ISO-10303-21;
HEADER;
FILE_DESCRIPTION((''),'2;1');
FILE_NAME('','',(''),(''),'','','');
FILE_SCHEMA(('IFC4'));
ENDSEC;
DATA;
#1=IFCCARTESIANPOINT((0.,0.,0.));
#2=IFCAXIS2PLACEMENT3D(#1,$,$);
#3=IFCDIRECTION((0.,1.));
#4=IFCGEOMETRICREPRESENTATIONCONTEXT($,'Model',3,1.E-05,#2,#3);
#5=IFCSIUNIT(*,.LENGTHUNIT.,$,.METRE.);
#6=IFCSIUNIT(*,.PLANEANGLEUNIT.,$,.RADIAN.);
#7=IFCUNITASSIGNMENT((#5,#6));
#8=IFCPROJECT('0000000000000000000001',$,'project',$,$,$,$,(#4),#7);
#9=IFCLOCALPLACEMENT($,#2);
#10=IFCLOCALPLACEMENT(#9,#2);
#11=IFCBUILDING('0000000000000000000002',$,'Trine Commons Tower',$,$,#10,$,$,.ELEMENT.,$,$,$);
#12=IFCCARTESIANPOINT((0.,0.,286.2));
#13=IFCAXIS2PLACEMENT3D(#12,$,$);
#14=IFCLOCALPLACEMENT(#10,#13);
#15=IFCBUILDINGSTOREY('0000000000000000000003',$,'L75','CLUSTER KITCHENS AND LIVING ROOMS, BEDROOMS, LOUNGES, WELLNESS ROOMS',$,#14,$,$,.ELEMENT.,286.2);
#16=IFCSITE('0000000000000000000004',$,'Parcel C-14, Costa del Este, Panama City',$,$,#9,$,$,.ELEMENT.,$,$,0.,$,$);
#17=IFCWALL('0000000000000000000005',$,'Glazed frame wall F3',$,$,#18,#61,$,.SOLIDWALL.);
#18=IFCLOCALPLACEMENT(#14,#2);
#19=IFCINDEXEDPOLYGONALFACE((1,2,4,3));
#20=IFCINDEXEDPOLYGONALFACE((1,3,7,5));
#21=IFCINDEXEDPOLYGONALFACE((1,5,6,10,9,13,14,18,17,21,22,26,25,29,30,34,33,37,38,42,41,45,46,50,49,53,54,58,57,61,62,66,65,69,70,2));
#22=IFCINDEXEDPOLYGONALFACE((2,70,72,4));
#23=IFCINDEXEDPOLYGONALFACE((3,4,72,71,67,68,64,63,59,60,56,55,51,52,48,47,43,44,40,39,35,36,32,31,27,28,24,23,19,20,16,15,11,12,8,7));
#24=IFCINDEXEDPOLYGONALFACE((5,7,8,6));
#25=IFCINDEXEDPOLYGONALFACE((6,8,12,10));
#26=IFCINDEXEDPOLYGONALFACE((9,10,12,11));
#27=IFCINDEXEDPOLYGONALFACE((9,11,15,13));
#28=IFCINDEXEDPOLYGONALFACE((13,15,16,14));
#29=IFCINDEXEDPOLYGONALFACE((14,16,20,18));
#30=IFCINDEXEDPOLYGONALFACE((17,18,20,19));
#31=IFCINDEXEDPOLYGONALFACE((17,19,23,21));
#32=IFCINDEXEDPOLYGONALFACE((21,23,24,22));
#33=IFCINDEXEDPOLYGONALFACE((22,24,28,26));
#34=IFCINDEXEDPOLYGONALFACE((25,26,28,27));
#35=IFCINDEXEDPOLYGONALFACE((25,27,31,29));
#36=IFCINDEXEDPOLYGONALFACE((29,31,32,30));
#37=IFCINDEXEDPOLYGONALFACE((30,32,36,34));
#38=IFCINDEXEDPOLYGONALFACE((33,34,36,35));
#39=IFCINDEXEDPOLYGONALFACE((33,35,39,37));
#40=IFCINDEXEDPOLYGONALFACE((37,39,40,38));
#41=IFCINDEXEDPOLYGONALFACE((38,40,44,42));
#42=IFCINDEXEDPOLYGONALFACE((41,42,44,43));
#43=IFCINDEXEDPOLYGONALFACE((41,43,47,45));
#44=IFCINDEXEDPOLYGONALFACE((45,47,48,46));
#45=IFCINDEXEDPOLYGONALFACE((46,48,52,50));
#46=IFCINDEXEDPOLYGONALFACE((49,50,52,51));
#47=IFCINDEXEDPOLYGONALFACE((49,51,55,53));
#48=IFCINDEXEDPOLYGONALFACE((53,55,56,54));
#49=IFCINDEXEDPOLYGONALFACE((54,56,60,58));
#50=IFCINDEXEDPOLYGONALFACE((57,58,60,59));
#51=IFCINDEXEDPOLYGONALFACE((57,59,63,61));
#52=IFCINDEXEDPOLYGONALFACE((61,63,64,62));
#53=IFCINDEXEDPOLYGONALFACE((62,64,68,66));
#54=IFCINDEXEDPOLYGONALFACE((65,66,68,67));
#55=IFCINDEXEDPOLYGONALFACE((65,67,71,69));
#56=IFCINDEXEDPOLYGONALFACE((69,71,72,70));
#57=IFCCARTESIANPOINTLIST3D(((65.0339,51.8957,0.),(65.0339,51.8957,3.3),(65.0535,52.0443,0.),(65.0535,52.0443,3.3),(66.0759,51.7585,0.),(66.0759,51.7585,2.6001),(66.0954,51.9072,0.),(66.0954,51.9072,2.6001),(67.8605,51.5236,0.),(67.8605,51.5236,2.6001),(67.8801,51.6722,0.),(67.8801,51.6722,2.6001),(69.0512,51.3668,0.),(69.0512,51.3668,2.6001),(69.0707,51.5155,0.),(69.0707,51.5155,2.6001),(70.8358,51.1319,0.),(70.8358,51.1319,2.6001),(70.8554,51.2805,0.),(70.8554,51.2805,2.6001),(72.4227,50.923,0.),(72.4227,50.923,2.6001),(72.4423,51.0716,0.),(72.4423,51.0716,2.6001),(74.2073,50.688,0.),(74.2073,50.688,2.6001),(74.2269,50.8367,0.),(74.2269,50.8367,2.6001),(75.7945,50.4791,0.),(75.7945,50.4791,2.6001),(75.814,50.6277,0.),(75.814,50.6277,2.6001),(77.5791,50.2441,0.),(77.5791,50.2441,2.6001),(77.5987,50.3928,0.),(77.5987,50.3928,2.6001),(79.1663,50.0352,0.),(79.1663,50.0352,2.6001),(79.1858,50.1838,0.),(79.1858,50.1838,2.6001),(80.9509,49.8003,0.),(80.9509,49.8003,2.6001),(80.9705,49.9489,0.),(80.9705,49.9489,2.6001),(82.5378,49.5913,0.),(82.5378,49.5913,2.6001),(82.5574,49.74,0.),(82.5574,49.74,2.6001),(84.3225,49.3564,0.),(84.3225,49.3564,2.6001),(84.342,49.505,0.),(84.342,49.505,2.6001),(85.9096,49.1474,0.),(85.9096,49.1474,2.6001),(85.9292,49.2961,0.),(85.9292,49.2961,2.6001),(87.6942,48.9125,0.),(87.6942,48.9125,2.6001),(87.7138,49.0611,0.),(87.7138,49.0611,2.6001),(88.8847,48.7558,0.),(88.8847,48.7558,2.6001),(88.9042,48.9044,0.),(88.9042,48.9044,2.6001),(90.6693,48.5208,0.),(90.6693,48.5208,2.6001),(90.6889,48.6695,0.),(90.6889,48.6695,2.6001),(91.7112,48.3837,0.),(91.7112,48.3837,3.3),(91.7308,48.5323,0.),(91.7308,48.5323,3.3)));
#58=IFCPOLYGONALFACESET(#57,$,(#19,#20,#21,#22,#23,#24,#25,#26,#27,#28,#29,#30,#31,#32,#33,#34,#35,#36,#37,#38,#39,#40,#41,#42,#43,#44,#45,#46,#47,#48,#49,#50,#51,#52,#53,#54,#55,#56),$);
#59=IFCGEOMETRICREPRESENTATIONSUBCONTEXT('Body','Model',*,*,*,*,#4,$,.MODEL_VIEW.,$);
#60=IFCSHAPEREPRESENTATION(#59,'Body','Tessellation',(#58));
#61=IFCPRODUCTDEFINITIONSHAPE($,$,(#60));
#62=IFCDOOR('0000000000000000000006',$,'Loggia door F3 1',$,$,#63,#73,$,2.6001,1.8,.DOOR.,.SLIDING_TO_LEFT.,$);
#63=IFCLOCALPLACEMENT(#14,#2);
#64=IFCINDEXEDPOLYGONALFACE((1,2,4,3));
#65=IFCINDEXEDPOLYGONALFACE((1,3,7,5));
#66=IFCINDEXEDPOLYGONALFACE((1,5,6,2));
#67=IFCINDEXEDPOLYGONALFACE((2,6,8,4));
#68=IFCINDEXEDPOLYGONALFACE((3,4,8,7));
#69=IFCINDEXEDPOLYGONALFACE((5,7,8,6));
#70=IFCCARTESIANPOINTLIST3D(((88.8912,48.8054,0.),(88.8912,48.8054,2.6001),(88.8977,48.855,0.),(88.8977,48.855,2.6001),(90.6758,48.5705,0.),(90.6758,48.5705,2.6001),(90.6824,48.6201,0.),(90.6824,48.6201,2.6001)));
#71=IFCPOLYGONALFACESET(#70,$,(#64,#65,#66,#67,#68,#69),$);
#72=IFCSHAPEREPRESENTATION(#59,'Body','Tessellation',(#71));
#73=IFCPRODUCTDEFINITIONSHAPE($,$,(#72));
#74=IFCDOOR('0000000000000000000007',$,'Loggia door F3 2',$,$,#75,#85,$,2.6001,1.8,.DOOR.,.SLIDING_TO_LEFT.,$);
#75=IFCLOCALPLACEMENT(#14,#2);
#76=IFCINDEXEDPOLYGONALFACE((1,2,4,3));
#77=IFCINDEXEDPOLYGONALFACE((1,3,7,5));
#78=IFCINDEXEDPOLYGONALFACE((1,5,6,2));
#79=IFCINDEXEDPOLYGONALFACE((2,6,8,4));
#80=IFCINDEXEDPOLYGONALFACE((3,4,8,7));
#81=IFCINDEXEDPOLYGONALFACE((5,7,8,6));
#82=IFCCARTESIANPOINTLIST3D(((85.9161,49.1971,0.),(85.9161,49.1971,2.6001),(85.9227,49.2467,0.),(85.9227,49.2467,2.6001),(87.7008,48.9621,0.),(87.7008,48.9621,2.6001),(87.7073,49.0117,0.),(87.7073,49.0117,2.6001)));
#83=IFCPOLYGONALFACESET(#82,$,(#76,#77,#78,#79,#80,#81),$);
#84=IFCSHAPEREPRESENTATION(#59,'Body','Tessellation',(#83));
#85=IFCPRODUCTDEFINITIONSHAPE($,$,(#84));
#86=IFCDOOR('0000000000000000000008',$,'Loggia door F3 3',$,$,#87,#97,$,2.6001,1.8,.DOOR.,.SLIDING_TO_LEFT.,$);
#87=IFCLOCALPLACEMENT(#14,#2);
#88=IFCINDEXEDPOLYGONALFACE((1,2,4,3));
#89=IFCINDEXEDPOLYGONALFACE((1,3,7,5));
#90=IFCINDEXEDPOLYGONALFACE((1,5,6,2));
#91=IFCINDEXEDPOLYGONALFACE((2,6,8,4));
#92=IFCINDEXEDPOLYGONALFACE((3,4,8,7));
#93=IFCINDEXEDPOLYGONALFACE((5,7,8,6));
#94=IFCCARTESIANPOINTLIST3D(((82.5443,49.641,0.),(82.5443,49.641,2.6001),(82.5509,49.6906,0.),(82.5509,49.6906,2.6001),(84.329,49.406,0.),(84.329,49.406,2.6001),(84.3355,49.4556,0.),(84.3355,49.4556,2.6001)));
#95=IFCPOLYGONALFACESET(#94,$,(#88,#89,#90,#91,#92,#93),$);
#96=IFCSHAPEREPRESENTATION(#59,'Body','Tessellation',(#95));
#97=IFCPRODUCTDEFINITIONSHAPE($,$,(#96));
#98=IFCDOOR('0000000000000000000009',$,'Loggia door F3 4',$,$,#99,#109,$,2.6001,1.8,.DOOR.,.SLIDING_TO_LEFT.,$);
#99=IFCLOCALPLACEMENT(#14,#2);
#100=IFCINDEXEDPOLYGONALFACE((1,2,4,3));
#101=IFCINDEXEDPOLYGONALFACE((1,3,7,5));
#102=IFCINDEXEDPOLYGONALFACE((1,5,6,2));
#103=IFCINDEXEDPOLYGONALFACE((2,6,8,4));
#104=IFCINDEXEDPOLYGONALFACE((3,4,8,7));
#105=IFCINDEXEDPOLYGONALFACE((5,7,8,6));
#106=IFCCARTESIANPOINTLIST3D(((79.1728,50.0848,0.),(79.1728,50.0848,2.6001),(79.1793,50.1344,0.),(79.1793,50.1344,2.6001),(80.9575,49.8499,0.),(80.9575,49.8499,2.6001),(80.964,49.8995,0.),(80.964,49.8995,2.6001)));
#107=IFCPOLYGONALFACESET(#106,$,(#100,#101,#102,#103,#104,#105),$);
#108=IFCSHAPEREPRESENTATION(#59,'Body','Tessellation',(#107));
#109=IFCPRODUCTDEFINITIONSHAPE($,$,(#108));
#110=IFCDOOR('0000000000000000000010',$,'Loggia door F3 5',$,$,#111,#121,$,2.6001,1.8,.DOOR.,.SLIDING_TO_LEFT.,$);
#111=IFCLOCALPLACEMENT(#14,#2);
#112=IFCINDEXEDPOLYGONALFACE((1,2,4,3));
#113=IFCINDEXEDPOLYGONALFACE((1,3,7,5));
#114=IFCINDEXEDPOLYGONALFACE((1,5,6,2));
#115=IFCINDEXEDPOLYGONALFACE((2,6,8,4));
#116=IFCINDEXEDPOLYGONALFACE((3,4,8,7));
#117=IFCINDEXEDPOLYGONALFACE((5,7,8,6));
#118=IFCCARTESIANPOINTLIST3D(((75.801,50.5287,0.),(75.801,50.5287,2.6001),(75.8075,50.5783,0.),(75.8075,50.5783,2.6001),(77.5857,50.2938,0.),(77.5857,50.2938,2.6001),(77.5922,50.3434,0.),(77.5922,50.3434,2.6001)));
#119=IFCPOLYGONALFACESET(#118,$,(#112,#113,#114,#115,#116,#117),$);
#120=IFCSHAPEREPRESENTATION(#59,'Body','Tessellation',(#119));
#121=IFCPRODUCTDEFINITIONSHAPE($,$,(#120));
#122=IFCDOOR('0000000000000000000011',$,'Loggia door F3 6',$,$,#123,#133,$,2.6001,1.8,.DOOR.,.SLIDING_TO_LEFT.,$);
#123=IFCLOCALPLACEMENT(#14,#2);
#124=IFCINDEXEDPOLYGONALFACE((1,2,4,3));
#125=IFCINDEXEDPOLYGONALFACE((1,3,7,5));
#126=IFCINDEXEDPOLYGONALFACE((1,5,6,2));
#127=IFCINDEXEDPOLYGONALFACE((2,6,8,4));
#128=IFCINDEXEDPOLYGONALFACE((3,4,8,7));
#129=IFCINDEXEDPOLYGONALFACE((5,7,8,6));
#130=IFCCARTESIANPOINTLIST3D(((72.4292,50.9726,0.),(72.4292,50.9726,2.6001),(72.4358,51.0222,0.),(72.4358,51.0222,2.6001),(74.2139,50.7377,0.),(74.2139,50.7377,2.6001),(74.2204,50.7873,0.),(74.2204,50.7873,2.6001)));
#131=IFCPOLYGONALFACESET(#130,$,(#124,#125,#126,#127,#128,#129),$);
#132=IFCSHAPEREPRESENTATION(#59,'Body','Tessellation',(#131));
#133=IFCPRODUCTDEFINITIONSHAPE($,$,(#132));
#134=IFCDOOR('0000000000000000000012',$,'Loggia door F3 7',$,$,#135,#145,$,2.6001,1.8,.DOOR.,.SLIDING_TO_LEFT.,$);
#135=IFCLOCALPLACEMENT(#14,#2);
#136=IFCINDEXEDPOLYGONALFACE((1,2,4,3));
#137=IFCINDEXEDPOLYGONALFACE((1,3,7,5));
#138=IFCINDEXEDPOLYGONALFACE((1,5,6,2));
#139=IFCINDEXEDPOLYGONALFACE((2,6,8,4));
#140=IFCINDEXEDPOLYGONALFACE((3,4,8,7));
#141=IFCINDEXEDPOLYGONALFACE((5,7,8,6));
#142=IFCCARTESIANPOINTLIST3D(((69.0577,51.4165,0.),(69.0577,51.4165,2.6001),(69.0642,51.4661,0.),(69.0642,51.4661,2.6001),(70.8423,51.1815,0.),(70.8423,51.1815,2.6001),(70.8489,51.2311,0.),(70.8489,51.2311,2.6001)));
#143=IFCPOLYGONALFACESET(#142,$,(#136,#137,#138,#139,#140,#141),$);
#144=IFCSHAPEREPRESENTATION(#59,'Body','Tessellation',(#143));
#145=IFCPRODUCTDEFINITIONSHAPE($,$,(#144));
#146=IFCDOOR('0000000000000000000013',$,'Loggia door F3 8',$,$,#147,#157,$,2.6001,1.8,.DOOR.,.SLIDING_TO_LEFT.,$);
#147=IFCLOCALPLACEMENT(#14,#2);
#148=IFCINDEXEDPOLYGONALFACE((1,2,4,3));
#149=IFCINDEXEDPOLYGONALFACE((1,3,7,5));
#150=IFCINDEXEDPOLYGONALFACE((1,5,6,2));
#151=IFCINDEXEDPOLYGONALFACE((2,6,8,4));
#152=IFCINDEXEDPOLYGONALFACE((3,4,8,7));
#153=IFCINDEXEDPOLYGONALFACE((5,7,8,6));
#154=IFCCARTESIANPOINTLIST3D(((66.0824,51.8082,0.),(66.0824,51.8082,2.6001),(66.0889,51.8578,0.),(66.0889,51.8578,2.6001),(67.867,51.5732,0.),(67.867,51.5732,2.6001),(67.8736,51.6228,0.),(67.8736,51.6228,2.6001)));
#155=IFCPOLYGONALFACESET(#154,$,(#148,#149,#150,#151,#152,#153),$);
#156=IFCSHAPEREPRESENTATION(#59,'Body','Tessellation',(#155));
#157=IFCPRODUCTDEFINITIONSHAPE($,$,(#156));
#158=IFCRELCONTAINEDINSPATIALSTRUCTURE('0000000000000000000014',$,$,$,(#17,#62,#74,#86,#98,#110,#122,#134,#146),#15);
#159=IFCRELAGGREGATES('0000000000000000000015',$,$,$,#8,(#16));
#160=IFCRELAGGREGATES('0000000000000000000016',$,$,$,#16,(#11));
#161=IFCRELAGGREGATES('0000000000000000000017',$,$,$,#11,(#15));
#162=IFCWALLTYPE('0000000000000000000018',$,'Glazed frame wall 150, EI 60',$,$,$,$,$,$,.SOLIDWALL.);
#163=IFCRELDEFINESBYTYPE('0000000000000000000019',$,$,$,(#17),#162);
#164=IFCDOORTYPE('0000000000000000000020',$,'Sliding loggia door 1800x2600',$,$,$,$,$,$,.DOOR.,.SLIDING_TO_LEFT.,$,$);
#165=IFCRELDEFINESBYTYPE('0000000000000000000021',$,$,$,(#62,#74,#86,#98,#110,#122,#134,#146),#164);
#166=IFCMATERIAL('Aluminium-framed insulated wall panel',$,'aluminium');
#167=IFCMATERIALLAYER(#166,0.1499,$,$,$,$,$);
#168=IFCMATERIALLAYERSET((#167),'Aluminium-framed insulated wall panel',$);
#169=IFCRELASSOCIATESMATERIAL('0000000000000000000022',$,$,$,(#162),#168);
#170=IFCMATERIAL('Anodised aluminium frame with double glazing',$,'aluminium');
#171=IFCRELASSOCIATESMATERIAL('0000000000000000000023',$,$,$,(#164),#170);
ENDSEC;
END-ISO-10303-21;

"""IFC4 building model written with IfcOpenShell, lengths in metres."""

from ifc_helpers import new_model, si_unit, direction, frame, frame_2d, origin, place, context, subcontext, project, spatial, polyline, rectangle, outline, extrude, material, layer, layer_set, type_object, element, fill, save


model = new_model("IFC4")

# Units and contexts
model_context = context("Model", 3, precision=1e-05, world=origin(), true_north=direction((0.0, 1.0)))
body_context = subcontext(model_context, "Body", "Model", "MODEL_VIEW")
ifc_project = project(units=[si_unit("LENGTHUNIT", "METRE"), si_unit("PLANEANGLEUNIT", "RADIAN")], contexts=[model_context])

# Site, building, storey
site_placement = place(None, origin())
site = spatial("IfcSite", under=ifc_project, at=site_placement, Name="Parcel C-14, Costa del Este, Panama City", CompositionType="ELEMENT", RefElevation=0.0)
building_placement = place(site_placement, origin())
building = spatial("IfcBuilding", under=site, at=building_placement, Name="Trine Commons Tower", CompositionType="ELEMENT")
storey_placement = place(building_placement, frame((0.0, 0.0, 286.2)))
storey = spatial("IfcBuildingStorey", under=building, at=storey_placement, Name="L75", Description="CLUSTER KITCHENS AND LIVING ROOMS, BEDROOMS, LOUNGES, WELLNESS ROOMS", CompositionType="ELEMENT", Elevation=286.2)

# Shared definitions
ifc_material_1 = material(Name="Aluminium-framed insulated wall panel", Category="aluminium")
ifc_layer_1 = layer(ifc_material_1, 0.1499)
ifc_layer_set_1 = layer_set([ifc_layer_1], Name="Aluminium-framed insulated wall panel")
wall_type_1 = type_object("IfcWallType", Name="Glazed frame wall 150, EI 60", PredefinedType="SOLIDWALL", material=ifc_layer_set_1)

# Shared definitions
ifc_material_2 = material(Name="Anodised aluminium frame with double glazing", Category="aluminium")
door_type = type_object("IfcDoorType", Name="Sliding loggia door 1800x2600", OperationType="SLIDING_TO_LEFT", PredefinedType="DOOR", material=ifc_material_2)

# Wall, openings, doors
wall_1_placement = place(storey_placement, frame((91.8691, 48.4385, 0.0), z_axis=(0.0, 0.0, 1.0), x_axis=(-0.991445, 0.130523, 0.0)))
wall_1 = element("IfcWall", 1, at=wall_1_placement, inside=storey, type_object=wall_type_1, Name="Glazed frame wall F3", PredefinedType="SOLIDWALL", context=body_context, shape_type="SweptSolid", body=[
    extrude(outline(polyline([(0.1494, 0.075), (0.1494, -0.075), (27.0569, -0.075), (27.0569, 0.075), (0.1494, 0.075)])), origin(), (0.0, 0.0, 1.0), 3.3),
])
opening_1_placement = place(wall_1_placement, frame((1.2004, 0.0, 0.0)))
opening_1 = element("IfcOpeningElement", 2, at=opening_1_placement, cuts=wall_1, PredefinedType="OPENING", context=body_context, shape_type="SweptSolid", body=[
    extrude(rectangle(XDim=1.8, YDim=2.6001, at=frame_2d((0.8999, 1.3))), frame((0.0, 0.085, 0.0), z_axis=(0.0, -1.0, 0.0), x_axis=(1.0, 0.0, 0.0)), (0.0, 0.0, 1.0), 0.1699),
])
opening_2_placement = place(wall_1_placement, frame((4.2012, 0.0, 0.0)))
opening_2 = element("IfcOpeningElement", 3, at=opening_2_placement, cuts=wall_1, PredefinedType="OPENING", context=body_context, shape_type="SweptSolid", body=[
    extrude(rectangle(XDim=1.8, YDim=2.6001, at=frame_2d((0.8999, 1.3))), frame((0.0, 0.085, 0.0), z_axis=(0.0, -1.0, 0.0), x_axis=(1.0, 0.0, 0.0)), (0.0, 0.0, 1.0), 0.1699),
])
opening_3_placement = place(wall_1_placement, frame((7.6021, 0.0, 0.0)))
opening_3 = element("IfcOpeningElement", 4, at=opening_3_placement, cuts=wall_1, PredefinedType="OPENING", context=body_context, shape_type="SweptSolid", body=[
    extrude(rectangle(XDim=1.8, YDim=2.6001, at=frame_2d((0.8999, 1.3))), frame((0.0, 0.085, 0.0), z_axis=(0.0, -1.0, 0.0), x_axis=(1.0, 0.0, 0.0)), (0.0, 0.0, 1.0), 0.1699),
])
opening_4_placement = place(wall_1_placement, frame((11.0027, 0.0, 0.0)))
opening_4 = element("IfcOpeningElement", 5, at=opening_4_placement, cuts=wall_1, PredefinedType="OPENING", context=body_context, shape_type="SweptSolid", body=[
    extrude(rectangle(XDim=1.8, YDim=2.6001, at=frame_2d((0.8999, 1.3))), frame((0.0, 0.085, 0.0), z_axis=(0.0, -1.0, 0.0), x_axis=(1.0, 0.0, 0.0)), (0.0, 0.0, 1.0), 0.1699),
])
opening_5_placement = place(wall_1_placement, frame((14.4036, 0.0, 0.0)))
opening_5 = element("IfcOpeningElement", 6, at=opening_5_placement, cuts=wall_1, PredefinedType="OPENING", context=body_context, shape_type="SweptSolid", body=[
    extrude(rectangle(XDim=1.8, YDim=2.6001, at=frame_2d((0.8999, 1.3))), frame((0.0, 0.085, 0.0), z_axis=(0.0, -1.0, 0.0), x_axis=(1.0, 0.0, 0.0)), (0.0, 0.0, 1.0), 0.1699),
])
opening_6_placement = place(wall_1_placement, frame((17.8044, 0.0, 0.0)))
opening_6 = element("IfcOpeningElement", 7, at=opening_6_placement, cuts=wall_1, PredefinedType="OPENING", context=body_context, shape_type="SweptSolid", body=[
    extrude(rectangle(XDim=1.8, YDim=2.6001, at=frame_2d((0.8999, 1.3))), frame((0.0, 0.085, 0.0), z_axis=(0.0, -1.0, 0.0), x_axis=(1.0, 0.0, 0.0)), (0.0, 0.0, 1.0), 0.1699),
])
opening_7_placement = place(wall_1_placement, frame((21.2051, 0.0, 0.0)))
opening_7 = element("IfcOpeningElement", 8, at=opening_7_placement, cuts=wall_1, PredefinedType="OPENING", context=body_context, shape_type="SweptSolid", body=[
    extrude(rectangle(XDim=1.8, YDim=2.6001, at=frame_2d((0.8999, 1.3))), frame((0.0, 0.085, 0.0), z_axis=(0.0, -1.0, 0.0), x_axis=(1.0, 0.0, 0.0)), (0.0, 0.0, 1.0), 0.1699),
])
opening_8_placement = place(wall_1_placement, frame((24.2061, 0.0, 0.0)))
opening_8 = element("IfcOpeningElement", 9, at=opening_8_placement, cuts=wall_1, PredefinedType="OPENING", context=body_context, shape_type="SweptSolid", body=[
    extrude(rectangle(XDim=1.8, YDim=2.6001, at=frame_2d((0.8999, 1.3))), frame((0.0, 0.085, 0.0), z_axis=(0.0, -1.0, 0.0), x_axis=(1.0, 0.0, 0.0)), (0.0, 0.0, 1.0), 0.1699),
])
door_1_placement = place(opening_1_placement, origin())
door_1 = element("IfcDoor", 10, at=door_1_placement, inside=storey, type_object=door_type, Name="Loggia door F3 1", OperationType="SLIDING_TO_LEFT", OverallHeight=2.6001, OverallWidth=1.8, PredefinedType="DOOR", context=body_context, shape_type="SweptSolid", body=[
    extrude(rectangle(XDim=1.8, YDim=2.6001, at=frame_2d((0.8999, 1.3))), frame((0.0, 0.0249, 0.0), z_axis=(0.0, -1.0, 0.0), x_axis=(1.0, 0.0, 0.0)), (0.0, 0.0, 1.0), 0.05),
])
fill(opening_1, door_1)
door_2_placement = place(opening_2_placement, origin())
door_2 = element("IfcDoor", 11, at=door_2_placement, inside=storey, type_object=door_type, Name="Loggia door F3 2", OperationType="SLIDING_TO_LEFT", OverallHeight=2.6001, OverallWidth=1.8, PredefinedType="DOOR", context=body_context, shape_type="SweptSolid", body=[
    extrude(rectangle(XDim=1.8, YDim=2.6001, at=frame_2d((0.8999, 1.3))), frame((0.0, 0.0249, 0.0), z_axis=(0.0, -1.0, 0.0), x_axis=(1.0, 0.0, 0.0)), (0.0, 0.0, 1.0), 0.05),
])
fill(opening_2, door_2)
door_3_placement = place(opening_3_placement, origin())
door_3 = element("IfcDoor", 12, at=door_3_placement, inside=storey, type_object=door_type, Name="Loggia door F3 3", OperationType="SLIDING_TO_LEFT", OverallHeight=2.6001, OverallWidth=1.8, PredefinedType="DOOR", context=body_context, shape_type="SweptSolid", body=[
    extrude(rectangle(XDim=1.8, YDim=2.6001, at=frame_2d((0.8999, 1.3))), frame((0.0, 0.0249, 0.0), z_axis=(0.0, -1.0, 0.0), x_axis=(1.0, 0.0, 0.0)), (0.0, 0.0, 1.0), 0.05),
])
fill(opening_3, door_3)
door_4_placement = place(opening_4_placement, origin())
door_4 = element("IfcDoor", 13, at=door_4_placement, inside=storey, type_object=door_type, Name="Loggia door F3 4", OperationType="SLIDING_TO_LEFT", OverallHeight=2.6001, OverallWidth=1.8, PredefinedType="DOOR", context=body_context, shape_type="SweptSolid", body=[
    extrude(rectangle(XDim=1.8, YDim=2.6001, at=frame_2d((0.8999, 1.3))), frame((0.0, 0.0249, 0.0), z_axis=(0.0, -1.0, 0.0), x_axis=(1.0, 0.0, 0.0)), (0.0, 0.0, 1.0), 0.05),
])
fill(opening_4, door_4)
door_5_placement = place(opening_5_placement, origin())
door_5 = element("IfcDoor", 14, at=door_5_placement, inside=storey, type_object=door_type, Name="Loggia door F3 5", OperationType="SLIDING_TO_LEFT", OverallHeight=2.6001, OverallWidth=1.8, PredefinedType="DOOR", context=body_context, shape_type="SweptSolid", body=[
    extrude(rectangle(XDim=1.8, YDim=2.6001, at=frame_2d((0.8999, 1.3))), frame((0.0, 0.0249, 0.0), z_axis=(0.0, -1.0, 0.0), x_axis=(1.0, 0.0, 0.0)), (0.0, 0.0, 1.0), 0.05),
])
fill(opening_5, door_5)
door_6_placement = place(opening_6_placement, origin())
door_6 = element("IfcDoor", 15, at=door_6_placement, inside=storey, type_object=door_type, Name="Loggia door F3 6", OperationType="SLIDING_TO_LEFT", OverallHeight=2.6001, OverallWidth=1.8, PredefinedType="DOOR", context=body_context, shape_type="SweptSolid", body=[
    extrude(rectangle(XDim=1.8, YDim=2.6001, at=frame_2d((0.8999, 1.3))), frame((0.0, 0.0249, 0.0), z_axis=(0.0, -1.0, 0.0), x_axis=(1.0, 0.0, 0.0)), (0.0, 0.0, 1.0), 0.05),
])
fill(opening_6, door_6)
door_7_placement = place(opening_7_placement, origin())
door_7 = element("IfcDoor", 16, at=door_7_placement, inside=storey, type_object=door_type, Name="Loggia door F3 7", OperationType="SLIDING_TO_LEFT", OverallHeight=2.6001, OverallWidth=1.8, PredefinedType="DOOR", context=body_context, shape_type="SweptSolid", body=[
    extrude(rectangle(XDim=1.8, YDim=2.6001, at=frame_2d((0.8999, 1.3))), frame((0.0, 0.0249, 0.0), z_axis=(0.0, -1.0, 0.0), x_axis=(1.0, 0.0, 0.0)), (0.0, 0.0, 1.0), 0.05),
])
fill(opening_7, door_7)
door_8_placement = place(opening_8_placement, origin())
door_8 = element("IfcDoor", 17, at=door_8_placement, inside=storey, type_object=door_type, Name="Loggia door F3 8", OperationType="SLIDING_TO_LEFT", OverallHeight=2.6001, OverallWidth=1.8, PredefinedType="DOOR", context=body_context, shape_type="SweptSolid", body=[
    extrude(rectangle(XDim=1.8, YDim=2.6001, at=frame_2d((0.8999, 1.3))), frame((0.0, 0.0249, 0.0), z_axis=(0.0, -1.0, 0.0), x_axis=(1.0, 0.0, 0.0)), (0.0, 0.0, 1.0), 0.05),
])
fill(opening_8, door_8)

save(model, "model.ifc")
